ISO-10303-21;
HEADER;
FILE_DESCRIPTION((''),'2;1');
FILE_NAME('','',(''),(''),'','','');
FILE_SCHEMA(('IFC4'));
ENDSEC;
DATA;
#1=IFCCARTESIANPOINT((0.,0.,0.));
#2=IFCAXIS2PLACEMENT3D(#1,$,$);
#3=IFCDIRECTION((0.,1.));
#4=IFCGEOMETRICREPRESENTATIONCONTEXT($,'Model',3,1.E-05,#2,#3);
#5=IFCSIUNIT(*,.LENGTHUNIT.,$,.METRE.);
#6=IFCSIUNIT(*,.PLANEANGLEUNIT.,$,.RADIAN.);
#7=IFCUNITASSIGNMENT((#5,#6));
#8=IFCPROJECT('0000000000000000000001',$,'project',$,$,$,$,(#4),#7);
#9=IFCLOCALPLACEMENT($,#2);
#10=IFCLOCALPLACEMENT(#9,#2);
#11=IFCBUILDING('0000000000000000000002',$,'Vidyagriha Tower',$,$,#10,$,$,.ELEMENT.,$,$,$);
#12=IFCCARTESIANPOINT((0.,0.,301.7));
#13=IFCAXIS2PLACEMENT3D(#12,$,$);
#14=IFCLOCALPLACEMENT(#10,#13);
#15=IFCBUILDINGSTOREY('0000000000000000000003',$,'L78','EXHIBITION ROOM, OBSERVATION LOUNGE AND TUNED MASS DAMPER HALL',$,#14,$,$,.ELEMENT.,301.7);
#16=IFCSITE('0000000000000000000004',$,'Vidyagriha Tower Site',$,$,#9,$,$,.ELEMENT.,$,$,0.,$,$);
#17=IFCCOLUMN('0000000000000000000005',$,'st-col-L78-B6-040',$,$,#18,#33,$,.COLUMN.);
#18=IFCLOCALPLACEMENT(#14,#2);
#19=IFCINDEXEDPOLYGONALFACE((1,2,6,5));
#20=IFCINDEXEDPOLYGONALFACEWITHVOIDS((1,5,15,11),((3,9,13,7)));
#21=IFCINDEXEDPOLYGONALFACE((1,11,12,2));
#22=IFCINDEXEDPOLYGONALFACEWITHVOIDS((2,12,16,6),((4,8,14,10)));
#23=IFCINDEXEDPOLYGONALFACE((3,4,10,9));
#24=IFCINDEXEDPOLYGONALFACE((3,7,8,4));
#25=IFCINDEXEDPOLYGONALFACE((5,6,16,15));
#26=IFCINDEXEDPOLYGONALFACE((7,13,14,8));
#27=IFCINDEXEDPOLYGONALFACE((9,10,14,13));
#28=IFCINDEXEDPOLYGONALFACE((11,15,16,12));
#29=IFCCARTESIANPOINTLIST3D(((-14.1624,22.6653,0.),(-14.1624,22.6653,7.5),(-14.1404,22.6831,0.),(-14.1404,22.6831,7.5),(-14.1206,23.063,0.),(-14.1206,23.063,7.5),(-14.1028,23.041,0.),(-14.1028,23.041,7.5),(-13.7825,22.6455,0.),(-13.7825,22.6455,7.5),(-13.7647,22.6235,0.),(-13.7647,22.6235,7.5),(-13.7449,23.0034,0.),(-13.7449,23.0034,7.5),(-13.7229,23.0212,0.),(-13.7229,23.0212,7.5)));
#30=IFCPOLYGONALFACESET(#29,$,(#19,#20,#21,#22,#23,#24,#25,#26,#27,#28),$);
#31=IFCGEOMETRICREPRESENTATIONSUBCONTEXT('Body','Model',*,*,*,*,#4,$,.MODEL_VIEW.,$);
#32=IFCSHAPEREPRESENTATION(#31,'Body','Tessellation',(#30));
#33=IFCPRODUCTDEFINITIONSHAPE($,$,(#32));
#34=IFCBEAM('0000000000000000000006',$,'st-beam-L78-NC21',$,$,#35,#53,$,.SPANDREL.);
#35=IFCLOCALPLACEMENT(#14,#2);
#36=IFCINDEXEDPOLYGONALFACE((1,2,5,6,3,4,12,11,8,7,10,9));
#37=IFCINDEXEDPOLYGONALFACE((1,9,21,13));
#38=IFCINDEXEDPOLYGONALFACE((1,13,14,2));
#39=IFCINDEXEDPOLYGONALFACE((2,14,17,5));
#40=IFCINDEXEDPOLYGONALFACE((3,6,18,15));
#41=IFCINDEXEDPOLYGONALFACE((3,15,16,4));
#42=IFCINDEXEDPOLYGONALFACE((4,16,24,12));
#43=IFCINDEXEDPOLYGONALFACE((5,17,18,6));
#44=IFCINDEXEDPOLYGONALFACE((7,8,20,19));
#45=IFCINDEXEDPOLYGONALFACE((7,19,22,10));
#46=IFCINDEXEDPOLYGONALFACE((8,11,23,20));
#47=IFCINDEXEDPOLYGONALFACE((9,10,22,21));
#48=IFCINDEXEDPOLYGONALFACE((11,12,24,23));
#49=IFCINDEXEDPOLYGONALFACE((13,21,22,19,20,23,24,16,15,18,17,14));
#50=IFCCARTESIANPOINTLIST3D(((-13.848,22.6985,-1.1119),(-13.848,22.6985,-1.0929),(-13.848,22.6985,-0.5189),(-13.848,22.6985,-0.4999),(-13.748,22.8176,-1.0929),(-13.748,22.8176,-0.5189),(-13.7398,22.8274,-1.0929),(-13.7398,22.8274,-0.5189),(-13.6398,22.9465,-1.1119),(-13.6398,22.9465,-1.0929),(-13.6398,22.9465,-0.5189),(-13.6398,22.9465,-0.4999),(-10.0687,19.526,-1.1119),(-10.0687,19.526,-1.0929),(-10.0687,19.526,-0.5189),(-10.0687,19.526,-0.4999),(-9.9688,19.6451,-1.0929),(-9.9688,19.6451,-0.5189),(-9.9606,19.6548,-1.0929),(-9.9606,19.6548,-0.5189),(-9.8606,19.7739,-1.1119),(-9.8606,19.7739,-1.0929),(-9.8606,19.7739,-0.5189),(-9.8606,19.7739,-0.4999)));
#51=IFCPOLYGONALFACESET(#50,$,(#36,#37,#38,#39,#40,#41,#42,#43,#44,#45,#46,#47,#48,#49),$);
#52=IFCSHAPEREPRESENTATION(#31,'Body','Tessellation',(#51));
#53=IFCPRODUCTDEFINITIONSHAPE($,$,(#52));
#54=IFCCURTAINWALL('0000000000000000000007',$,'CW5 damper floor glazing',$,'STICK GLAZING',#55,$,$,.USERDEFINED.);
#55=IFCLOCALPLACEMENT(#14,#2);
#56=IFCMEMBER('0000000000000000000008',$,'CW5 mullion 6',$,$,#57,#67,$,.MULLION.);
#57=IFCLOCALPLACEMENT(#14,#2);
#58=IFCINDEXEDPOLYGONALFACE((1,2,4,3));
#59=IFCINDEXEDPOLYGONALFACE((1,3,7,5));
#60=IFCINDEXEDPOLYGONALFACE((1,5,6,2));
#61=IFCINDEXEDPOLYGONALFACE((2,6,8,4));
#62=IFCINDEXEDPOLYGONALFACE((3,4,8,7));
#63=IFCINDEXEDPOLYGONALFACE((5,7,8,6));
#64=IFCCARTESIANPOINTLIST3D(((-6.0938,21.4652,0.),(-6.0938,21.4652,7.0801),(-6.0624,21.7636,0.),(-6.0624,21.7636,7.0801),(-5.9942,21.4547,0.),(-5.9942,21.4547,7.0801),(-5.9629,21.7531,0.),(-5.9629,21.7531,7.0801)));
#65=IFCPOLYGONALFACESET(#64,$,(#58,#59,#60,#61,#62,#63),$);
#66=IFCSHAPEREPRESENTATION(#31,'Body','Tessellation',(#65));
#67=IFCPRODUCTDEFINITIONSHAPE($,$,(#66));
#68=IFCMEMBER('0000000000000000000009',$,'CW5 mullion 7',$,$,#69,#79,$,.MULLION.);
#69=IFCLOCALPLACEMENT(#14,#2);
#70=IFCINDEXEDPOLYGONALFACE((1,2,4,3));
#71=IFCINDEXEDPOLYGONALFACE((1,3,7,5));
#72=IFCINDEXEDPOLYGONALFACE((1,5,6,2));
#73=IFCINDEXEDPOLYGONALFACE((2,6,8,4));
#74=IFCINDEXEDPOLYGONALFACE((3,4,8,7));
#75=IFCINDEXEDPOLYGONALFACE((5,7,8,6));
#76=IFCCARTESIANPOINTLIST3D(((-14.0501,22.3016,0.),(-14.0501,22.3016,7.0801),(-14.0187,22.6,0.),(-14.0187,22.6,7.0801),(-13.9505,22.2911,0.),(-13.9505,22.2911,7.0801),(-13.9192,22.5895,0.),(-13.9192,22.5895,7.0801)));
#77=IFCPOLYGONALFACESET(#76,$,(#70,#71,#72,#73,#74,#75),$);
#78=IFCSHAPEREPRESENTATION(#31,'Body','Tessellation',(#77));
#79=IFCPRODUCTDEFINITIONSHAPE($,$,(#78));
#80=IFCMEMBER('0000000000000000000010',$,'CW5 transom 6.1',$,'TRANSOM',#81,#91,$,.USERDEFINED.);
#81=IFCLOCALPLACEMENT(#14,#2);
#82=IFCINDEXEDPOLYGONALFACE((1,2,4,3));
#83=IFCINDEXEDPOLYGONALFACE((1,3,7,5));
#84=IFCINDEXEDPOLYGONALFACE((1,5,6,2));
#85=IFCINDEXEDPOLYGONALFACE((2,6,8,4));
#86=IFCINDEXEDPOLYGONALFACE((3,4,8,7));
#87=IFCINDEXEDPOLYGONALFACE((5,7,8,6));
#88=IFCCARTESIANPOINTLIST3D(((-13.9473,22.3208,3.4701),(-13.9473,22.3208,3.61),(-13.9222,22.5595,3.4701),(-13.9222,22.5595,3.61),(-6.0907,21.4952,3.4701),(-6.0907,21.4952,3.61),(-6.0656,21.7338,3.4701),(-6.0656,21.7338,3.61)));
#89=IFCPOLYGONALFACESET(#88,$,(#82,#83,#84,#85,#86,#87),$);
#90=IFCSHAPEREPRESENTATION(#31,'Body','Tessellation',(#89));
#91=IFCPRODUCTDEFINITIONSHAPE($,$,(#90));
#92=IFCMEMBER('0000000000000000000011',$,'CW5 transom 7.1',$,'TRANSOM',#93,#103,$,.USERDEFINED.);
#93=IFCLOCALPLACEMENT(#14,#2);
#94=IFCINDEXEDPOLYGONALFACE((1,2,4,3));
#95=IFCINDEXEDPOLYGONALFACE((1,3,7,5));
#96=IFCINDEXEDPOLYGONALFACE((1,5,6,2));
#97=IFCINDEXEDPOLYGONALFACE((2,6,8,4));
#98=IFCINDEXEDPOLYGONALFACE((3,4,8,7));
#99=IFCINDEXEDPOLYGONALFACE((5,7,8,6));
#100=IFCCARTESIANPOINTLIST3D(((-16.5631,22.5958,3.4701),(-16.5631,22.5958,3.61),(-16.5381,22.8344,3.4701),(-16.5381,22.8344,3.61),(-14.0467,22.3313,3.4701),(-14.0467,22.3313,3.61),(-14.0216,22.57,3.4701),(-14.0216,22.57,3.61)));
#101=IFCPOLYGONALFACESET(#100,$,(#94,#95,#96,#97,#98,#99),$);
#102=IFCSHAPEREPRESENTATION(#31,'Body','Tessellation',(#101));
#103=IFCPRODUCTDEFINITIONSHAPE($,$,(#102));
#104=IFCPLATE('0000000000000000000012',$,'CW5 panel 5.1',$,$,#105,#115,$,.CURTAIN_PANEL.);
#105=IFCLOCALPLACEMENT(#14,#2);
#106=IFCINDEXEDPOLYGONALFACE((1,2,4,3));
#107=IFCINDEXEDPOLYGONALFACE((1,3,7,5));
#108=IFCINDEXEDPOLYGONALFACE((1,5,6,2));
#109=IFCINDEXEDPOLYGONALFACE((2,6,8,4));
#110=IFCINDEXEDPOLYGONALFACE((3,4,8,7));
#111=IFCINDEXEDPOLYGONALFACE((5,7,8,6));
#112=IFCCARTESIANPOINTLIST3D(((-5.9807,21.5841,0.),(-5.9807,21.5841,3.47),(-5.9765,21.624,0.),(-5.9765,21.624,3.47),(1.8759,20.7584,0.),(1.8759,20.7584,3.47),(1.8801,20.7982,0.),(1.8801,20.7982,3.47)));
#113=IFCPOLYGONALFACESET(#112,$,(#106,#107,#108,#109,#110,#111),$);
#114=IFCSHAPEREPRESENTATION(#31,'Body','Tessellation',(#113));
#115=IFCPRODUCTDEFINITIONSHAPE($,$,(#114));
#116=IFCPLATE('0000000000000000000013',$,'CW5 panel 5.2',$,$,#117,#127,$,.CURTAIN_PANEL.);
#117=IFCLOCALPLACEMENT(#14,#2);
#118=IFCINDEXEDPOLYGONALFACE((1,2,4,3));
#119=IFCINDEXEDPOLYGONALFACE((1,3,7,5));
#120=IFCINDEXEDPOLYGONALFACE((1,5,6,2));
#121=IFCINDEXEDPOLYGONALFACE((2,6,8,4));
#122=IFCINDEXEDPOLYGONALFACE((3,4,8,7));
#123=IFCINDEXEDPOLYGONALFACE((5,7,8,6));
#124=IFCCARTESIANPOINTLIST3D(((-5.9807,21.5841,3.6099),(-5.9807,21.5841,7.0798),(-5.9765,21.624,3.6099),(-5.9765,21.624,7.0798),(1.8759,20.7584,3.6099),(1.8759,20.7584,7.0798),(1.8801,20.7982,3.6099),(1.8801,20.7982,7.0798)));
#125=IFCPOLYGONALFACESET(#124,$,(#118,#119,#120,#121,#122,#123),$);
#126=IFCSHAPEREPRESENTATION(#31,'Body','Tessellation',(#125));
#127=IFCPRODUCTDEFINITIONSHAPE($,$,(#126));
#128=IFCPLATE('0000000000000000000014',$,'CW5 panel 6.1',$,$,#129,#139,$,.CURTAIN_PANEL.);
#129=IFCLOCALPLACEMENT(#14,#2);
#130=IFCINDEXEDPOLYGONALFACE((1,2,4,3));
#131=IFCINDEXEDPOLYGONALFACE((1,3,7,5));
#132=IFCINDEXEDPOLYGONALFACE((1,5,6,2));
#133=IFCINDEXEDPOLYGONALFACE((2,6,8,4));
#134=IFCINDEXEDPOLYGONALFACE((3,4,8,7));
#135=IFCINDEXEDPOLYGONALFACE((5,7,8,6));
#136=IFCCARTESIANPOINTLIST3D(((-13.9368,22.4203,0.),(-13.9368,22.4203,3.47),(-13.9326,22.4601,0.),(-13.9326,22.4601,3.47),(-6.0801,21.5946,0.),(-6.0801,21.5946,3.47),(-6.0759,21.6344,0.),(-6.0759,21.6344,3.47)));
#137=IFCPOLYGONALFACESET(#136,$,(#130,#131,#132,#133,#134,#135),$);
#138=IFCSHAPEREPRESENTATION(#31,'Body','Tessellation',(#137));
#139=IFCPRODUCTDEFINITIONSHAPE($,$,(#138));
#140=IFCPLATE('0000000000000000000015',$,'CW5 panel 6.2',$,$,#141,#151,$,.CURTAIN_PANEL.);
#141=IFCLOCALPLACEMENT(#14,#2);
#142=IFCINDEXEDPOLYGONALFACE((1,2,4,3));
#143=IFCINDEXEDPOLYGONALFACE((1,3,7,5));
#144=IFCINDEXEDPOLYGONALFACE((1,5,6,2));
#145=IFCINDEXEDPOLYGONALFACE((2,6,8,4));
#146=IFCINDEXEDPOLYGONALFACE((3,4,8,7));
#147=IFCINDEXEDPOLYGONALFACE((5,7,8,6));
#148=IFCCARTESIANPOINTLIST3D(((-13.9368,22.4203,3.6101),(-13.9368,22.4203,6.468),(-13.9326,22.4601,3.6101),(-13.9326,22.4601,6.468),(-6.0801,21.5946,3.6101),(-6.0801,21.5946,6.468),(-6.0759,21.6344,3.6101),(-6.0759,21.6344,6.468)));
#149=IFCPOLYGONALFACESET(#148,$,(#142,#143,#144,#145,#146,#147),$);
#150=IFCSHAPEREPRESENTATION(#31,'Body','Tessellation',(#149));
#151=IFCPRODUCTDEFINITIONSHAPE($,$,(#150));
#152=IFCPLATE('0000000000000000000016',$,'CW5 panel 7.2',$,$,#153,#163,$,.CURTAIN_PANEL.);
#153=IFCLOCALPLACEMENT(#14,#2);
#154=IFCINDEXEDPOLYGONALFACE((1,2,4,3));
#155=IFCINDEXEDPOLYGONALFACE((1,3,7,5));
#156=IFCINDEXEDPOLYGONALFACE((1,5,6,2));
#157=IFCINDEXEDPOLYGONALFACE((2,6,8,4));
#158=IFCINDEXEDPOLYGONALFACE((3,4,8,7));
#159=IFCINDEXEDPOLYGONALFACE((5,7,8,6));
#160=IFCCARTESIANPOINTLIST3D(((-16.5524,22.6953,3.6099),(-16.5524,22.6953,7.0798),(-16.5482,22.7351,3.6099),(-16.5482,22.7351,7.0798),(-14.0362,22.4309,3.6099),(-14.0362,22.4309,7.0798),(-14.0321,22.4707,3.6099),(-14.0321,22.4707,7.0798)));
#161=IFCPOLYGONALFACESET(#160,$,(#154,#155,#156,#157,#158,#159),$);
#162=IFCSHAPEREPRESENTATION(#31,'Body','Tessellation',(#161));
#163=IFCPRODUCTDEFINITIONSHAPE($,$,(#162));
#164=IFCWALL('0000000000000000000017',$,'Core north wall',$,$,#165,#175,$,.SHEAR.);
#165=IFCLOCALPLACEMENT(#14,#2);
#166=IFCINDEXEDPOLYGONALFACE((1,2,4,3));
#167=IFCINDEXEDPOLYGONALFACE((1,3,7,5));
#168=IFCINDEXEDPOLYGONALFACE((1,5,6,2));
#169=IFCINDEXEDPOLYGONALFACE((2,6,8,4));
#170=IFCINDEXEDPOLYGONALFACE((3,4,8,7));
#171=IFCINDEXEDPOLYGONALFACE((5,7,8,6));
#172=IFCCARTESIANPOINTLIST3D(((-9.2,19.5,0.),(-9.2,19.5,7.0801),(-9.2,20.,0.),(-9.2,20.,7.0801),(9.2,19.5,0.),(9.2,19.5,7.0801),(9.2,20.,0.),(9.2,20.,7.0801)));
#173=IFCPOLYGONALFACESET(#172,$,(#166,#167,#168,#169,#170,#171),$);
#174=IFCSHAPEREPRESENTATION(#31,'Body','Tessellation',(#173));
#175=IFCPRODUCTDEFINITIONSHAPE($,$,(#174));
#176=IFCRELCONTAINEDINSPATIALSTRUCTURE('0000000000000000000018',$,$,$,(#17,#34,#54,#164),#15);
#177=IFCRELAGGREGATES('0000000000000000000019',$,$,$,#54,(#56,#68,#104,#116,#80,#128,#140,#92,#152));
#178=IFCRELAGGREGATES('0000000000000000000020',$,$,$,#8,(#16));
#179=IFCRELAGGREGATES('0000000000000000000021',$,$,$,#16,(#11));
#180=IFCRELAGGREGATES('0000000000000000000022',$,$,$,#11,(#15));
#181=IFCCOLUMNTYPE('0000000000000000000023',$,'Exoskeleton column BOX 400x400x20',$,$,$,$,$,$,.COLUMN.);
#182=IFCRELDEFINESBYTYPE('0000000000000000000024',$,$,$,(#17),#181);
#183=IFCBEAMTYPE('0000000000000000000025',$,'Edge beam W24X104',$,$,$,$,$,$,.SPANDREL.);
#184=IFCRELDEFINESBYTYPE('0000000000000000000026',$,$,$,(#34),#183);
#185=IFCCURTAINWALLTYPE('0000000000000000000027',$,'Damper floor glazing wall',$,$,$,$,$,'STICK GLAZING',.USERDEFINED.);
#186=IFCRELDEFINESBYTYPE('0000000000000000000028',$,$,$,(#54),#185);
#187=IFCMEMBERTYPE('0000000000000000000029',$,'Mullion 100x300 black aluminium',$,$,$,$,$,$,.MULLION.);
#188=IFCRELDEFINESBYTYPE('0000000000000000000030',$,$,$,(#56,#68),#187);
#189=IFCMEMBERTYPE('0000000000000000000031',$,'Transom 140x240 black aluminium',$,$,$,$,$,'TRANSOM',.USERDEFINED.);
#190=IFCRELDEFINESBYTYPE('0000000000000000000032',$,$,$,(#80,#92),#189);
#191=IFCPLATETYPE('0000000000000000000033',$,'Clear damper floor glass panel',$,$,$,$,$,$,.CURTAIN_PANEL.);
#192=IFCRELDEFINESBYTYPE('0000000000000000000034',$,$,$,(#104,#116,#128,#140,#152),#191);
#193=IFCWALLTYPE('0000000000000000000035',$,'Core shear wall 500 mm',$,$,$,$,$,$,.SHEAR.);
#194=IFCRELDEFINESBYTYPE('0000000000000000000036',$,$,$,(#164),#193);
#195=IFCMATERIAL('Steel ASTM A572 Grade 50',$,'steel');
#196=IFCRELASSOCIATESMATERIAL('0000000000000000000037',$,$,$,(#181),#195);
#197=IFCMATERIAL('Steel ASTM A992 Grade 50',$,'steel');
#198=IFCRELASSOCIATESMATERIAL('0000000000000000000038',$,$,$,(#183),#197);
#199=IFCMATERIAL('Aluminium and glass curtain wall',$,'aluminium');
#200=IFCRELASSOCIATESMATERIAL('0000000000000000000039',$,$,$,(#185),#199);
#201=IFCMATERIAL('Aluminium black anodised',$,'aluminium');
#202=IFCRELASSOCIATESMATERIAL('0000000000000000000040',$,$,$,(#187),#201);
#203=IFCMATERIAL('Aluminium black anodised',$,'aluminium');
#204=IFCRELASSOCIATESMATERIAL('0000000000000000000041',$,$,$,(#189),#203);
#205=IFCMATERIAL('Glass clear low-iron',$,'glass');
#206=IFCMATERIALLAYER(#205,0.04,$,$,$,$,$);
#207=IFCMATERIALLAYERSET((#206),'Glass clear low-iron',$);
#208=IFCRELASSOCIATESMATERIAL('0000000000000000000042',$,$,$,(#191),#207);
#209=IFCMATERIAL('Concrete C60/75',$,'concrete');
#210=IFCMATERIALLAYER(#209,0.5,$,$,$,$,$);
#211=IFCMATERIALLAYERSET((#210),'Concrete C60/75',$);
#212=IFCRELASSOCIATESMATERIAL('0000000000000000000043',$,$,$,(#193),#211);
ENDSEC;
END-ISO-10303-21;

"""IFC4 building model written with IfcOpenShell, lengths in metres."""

from ifc_helpers import new_model, si_unit, direction, frame, frame_2d, origin, origin_2d, place, context, subcontext, project, spatial, rectangle, hollow_rectangle, i_section, extrude, material, layer, layer_set, material_profile, profile_set, type_object, element, aggregate, save


model = new_model("IFC4")

# Units and contexts
model_context = context("Model", 3, precision=1e-05, world=origin(), true_north=direction((0.0, 1.0)))
body_context = subcontext(model_context, "Body", "Model", "MODEL_VIEW")
ifc_project = project(units=[si_unit("LENGTHUNIT", "METRE"), si_unit("PLANEANGLEUNIT", "RADIAN")], contexts=[model_context])

# Site, building, storey
site_placement = place(None, origin())
site = spatial("IfcSite", under=ifc_project, at=site_placement, Name="Vidyagriha Tower Site", CompositionType="ELEMENT", RefElevation=0.0)
building_placement = place(site_placement, origin())
building = spatial("IfcBuilding", under=site, at=building_placement, Name="Vidyagriha Tower", CompositionType="ELEMENT")
storey_placement = place(building_placement, frame((0.0, 0.0, 301.7)))
storey = spatial("IfcBuildingStorey", under=building, at=storey_placement, Name="L78", Description="EXHIBITION ROOM, OBSERVATION LOUNGE AND TUNED MASS DAMPER HALL", CompositionType="ELEMENT", Elevation=301.7)

# Column
ifc_material_1 = material(Name="Steel ASTM A572 Grade 50", Category="steel")
ifc_material_profile_1 = material_profile(ifc_material_1, hollow_rectangle(XDim=0.3999, YDim=0.3999, WallThickness=0.02, at=origin_2d()), Name="BOX 400x400x20")
ifc_profile_set_1 = profile_set([ifc_material_profile_1], Name="Steel ASTM A572 Grade 50")
column_type = type_object("IfcColumnType", Name="Exoskeleton column BOX 400x400x20", PredefinedType="COLUMN", material=ifc_profile_set_1)
column_placement = place(storey_placement, frame((-13.9426, 22.8433, 0.0), z_axis=(0.0, 0.0, 1.0), x_axis=(0.994522, -0.104528, 0.0)))
element("IfcColumn", 1, at=column_placement, inside=storey, type_object=column_type, Name="st-col-L78-B6-040", PredefinedType="COLUMN", context=body_context, shape_type="SweptSolid", body=[
    extrude(hollow_rectangle(XDim=0.3999, YDim=0.3999, WallThickness=0.02, at=origin_2d()), origin(), (0.0, 0.0, 1.0), 7.5),
])

# Beam
ifc_material_2 = material(Name="Steel ASTM A992 Grade 50", Category="steel")
ifc_material_profile_2 = material_profile(ifc_material_2, i_section(OverallWidth=0.3237, OverallDepth=0.6121, WebThickness=0.0127, FlangeThickness=0.019, at=origin_2d()), Name="W24X104")
ifc_profile_set_2 = profile_set([ifc_material_profile_2], Name="Steel ASTM A992 Grade 50")
beam_type = type_object("IfcBeamType", Name="Edge beam W24X104", PredefinedType="SPANDREL", material=ifc_profile_set_2)
beam_placement = place(storey_placement, frame((-13.7439, 22.8225, -0.8059), z_axis=(0.765905, -0.642954, 0.0), x_axis=(0.642954, 0.765905, 0.0)))
element("IfcBeam", 2, at=beam_placement, inside=storey, type_object=beam_type, Name="st-beam-L78-NC21", PredefinedType="SPANDREL", context=body_context, shape_type="SweptSolid", body=[
    extrude(i_section(OverallWidth=0.3237, OverallDepth=0.6121, WebThickness=0.0127, FlangeThickness=0.019, at=origin_2d()), origin(), (0.0, 0.0, 1.0), 4.9343),
])

# Curtain wall, members, plates
ifc_material_3 = material(Name="Aluminium and glass curtain wall", Category="aluminium")
curtain_wall_type = type_object("IfcCurtainWallType", Name="Damper floor glazing wall", ElementType="STICK GLAZING", PredefinedType="USERDEFINED", material=ifc_material_3)
curtain_wall_placement = place(storey_placement, origin())
curtain_wall = element("IfcCurtainWall", 3, at=curtain_wall_placement, inside=storey, type_object=curtain_wall_type, Name="CW5 damper floor glazing", ObjectType="STICK GLAZING", PredefinedType="USERDEFINED")
ifc_material_4 = material(Name="Aluminium black anodised", Category="aluminium")
ifc_material_profile_3 = material_profile(ifc_material_4, rectangle(XDim=0.3, YDim=0.1001, at=origin_2d()), Name="Mullion 100x300 black aluminium")
ifc_profile_set_3 = profile_set([ifc_material_profile_3], Name="Aluminium black anodised")
member_type_1 = type_object("IfcMemberType", Name="Mullion 100x300 black aluminium", PredefinedType="MULLION", material=ifc_profile_set_3)
member_1_placement = place(storey_placement, frame((-6.0283, 21.6091, 0.0), z_axis=(0.0, 0.0, 1.0), x_axis=(-0.104528, -0.994522, 0.0)))
member_1 = element("IfcMember", 4, at=member_1_placement, type_object=member_type_1, Name="CW5 mullion 6", PredefinedType="MULLION", context=body_context, shape_type="SweptSolid", body=[
    extrude(rectangle(XDim=0.3, YDim=0.1001, at=origin_2d()), origin(), (0.0, 0.0, 1.0), 7.0801),
])
member_2_placement = place(storey_placement, frame((-13.9846, 22.4456, 0.0), z_axis=(0.0, 0.0, 1.0), x_axis=(-0.104528, -0.994522, 0.0)))
member_2 = element("IfcMember", 5, at=member_2_placement, type_object=member_type_1, Name="CW5 mullion 7", PredefinedType="MULLION", context=body_context, shape_type="SweptSolid", body=[
    extrude(rectangle(XDim=0.3, YDim=0.1001, at=origin_2d()), origin(), (0.0, 0.0, 1.0), 7.0801),
])
ifc_material_5 = material(Name="Aluminium black anodised", Category="aluminium")
ifc_material_profile_4 = material_profile(ifc_material_5, rectangle(XDim=0.24, YDim=0.1399, at=origin_2d()), Name="Transom 140x240 black aluminium")
ifc_profile_set_4 = profile_set([ifc_material_profile_4], Name="Aluminium black anodised")
member_type_2 = type_object("IfcMemberType", Name="Transom 140x240 black aluminium", ElementType="TRANSOM", PredefinedType="USERDEFINED", material=ifc_profile_set_4)
member_3_placement = place(storey_placement, frame((-6.0781, 21.6145, 3.54), z_axis=(-0.994523, 0.104517, 0.0), x_axis=(-0.104517, -0.994523, 0.0)))
member_3 = element("IfcMember", 6, at=member_3_placement, type_object=member_type_2, Name="CW5 transom 6.1", ObjectType="TRANSOM", PredefinedType="USERDEFINED", context=body_context, shape_type="SweptSolid", body=[
    extrude(rectangle(XDim=0.24, YDim=0.1399, at=origin_2d()), origin(), (0.0, 0.0, 1.0), 7.8999),
])
member_4_placement = place(storey_placement, frame((-14.0342, 22.4507, 3.54), z_axis=(-0.994525, 0.104499, 0.0), x_axis=(-0.104499, -0.994525, 0.0)))
member_4 = element("IfcMember", 7, at=member_4_placement, type_object=member_type_2, Name="CW5 transom 7.1", ObjectType="TRANSOM", PredefinedType="USERDEFINED", context=body_context, shape_type="SweptSolid", body=[
    extrude(rectangle(XDim=0.24, YDim=0.1399, at=origin_2d()), origin(), (0.0, 0.0, 1.0), 2.5303),
])
ifc_material_6 = material(Name="Glass clear low-iron", Category="glass")
ifc_layer_1 = layer(ifc_material_6, 0.04)
ifc_layer_set_1 = layer_set([ifc_layer_1], Name="Glass clear low-iron")
plate_type = type_object("IfcPlateType", Name="Clear damper floor glass panel", PredefinedType="CURTAIN_PANEL", material=ifc_layer_set_1)
plate_1_placement = place(storey_placement, frame((-2.0503, 21.1912, 0.0), z_axis=(0.0, 0.0, 1.0), x_axis=(-0.994522, 0.104528, 0.0)))
plate_1 = element("IfcPlate", 8, at=plate_1_placement, type_object=plate_type, Name="CW5 panel 5.1", PredefinedType="CURTAIN_PANEL", context=body_context, shape_type="SweptSolid", body=[
    extrude(rectangle(XDim=7.8999, YDim=0.04, at=origin_2d()), origin(), (0.0, 0.0, 1.0), 3.47),
])
plate_2_placement = place(storey_placement, frame((-2.0503, 21.1912, 3.6099), z_axis=(0.0, 0.0, 1.0), x_axis=(-0.994522, 0.104528, 0.0)))
plate_2 = element("IfcPlate", 9, at=plate_2_placement, type_object=plate_type, Name="CW5 panel 5.2", PredefinedType="CURTAIN_PANEL", context=body_context, shape_type="SweptSolid", body=[
    extrude(rectangle(XDim=7.8999, YDim=0.04, at=origin_2d()), origin(), (0.0, 0.0, 1.0), 3.47),
])
plate_3_placement = place(storey_placement, frame((-10.0063, 22.0273, 0.0), z_axis=(0.0, 0.0, 1.0), x_axis=(-0.994522, 0.104528, 0.0)))
plate_3 = element("IfcPlate", 10, at=plate_3_placement, type_object=plate_type, Name="CW5 panel 6.1", PredefinedType="CURTAIN_PANEL", context=body_context, shape_type="SweptSolid", body=[
    extrude(rectangle(XDim=7.8999, YDim=0.04, at=origin_2d()), origin(), (0.0, 0.0, 1.0), 3.47),
])
plate_4_placement = place(storey_placement, frame((-10.0063, 22.0273, 3.6101), z_axis=(0.0, 0.0, 1.0), x_axis=(-0.994522, 0.104528, 0.0)))
plate_4 = element("IfcPlate", 11, at=plate_4_placement, type_object=plate_type, Name="CW5 panel 6.2", PredefinedType="CURTAIN_PANEL", context=body_context, shape_type="SweptSolid", body=[
    extrude(rectangle(XDim=7.8999, YDim=0.04, at=origin_2d()), origin(), (0.0, 0.0, 1.0), 2.8579),
])
plate_5_placement = place(storey_placement, frame((-15.2922, 22.583, 3.6099), z_axis=(0.0, 0.0, 1.0), x_axis=(-0.994522, 0.104528, 0.0)))
plate_5 = element("IfcPlate", 12, at=plate_5_placement, type_object=plate_type, Name="CW5 panel 7.2", PredefinedType="CURTAIN_PANEL", context=body_context, shape_type="SweptSolid", body=[
    extrude(rectangle(XDim=2.53, YDim=0.04, at=origin_2d()), origin(), (0.0, 0.0, 1.0), 3.47),
])
aggregate(curtain_wall, [member_1, member_2, plate_1, plate_2, member_3, plate_3, plate_4, member_4, plate_5])

# Wall
ifc_material_7 = material(Name="Concrete C60/75", Category="concrete")
ifc_layer_2 = layer(ifc_material_7, 0.5)
ifc_layer_set_2 = layer_set([ifc_layer_2], Name="Concrete C60/75")
wall_type_1 = type_object("IfcWallType", Name="Core shear wall 500 mm", PredefinedType="SHEAR", material=ifc_layer_set_2)
wall_1_placement = place(storey_placement, frame((-9.2, 19.75, 0.0)))
element("IfcWall", 13, at=wall_1_placement, inside=storey, type_object=wall_type_1, Name="Core north wall", PredefinedType="SHEAR", context=body_context, shape_type="SweptSolid", body=[
    extrude(rectangle(XDim=18.3999, YDim=0.5, at=frame_2d((9.2, 0.0))), origin(), (0.0, 0.0, 1.0), 7.0801),
])

save(model, "model.ifc")
